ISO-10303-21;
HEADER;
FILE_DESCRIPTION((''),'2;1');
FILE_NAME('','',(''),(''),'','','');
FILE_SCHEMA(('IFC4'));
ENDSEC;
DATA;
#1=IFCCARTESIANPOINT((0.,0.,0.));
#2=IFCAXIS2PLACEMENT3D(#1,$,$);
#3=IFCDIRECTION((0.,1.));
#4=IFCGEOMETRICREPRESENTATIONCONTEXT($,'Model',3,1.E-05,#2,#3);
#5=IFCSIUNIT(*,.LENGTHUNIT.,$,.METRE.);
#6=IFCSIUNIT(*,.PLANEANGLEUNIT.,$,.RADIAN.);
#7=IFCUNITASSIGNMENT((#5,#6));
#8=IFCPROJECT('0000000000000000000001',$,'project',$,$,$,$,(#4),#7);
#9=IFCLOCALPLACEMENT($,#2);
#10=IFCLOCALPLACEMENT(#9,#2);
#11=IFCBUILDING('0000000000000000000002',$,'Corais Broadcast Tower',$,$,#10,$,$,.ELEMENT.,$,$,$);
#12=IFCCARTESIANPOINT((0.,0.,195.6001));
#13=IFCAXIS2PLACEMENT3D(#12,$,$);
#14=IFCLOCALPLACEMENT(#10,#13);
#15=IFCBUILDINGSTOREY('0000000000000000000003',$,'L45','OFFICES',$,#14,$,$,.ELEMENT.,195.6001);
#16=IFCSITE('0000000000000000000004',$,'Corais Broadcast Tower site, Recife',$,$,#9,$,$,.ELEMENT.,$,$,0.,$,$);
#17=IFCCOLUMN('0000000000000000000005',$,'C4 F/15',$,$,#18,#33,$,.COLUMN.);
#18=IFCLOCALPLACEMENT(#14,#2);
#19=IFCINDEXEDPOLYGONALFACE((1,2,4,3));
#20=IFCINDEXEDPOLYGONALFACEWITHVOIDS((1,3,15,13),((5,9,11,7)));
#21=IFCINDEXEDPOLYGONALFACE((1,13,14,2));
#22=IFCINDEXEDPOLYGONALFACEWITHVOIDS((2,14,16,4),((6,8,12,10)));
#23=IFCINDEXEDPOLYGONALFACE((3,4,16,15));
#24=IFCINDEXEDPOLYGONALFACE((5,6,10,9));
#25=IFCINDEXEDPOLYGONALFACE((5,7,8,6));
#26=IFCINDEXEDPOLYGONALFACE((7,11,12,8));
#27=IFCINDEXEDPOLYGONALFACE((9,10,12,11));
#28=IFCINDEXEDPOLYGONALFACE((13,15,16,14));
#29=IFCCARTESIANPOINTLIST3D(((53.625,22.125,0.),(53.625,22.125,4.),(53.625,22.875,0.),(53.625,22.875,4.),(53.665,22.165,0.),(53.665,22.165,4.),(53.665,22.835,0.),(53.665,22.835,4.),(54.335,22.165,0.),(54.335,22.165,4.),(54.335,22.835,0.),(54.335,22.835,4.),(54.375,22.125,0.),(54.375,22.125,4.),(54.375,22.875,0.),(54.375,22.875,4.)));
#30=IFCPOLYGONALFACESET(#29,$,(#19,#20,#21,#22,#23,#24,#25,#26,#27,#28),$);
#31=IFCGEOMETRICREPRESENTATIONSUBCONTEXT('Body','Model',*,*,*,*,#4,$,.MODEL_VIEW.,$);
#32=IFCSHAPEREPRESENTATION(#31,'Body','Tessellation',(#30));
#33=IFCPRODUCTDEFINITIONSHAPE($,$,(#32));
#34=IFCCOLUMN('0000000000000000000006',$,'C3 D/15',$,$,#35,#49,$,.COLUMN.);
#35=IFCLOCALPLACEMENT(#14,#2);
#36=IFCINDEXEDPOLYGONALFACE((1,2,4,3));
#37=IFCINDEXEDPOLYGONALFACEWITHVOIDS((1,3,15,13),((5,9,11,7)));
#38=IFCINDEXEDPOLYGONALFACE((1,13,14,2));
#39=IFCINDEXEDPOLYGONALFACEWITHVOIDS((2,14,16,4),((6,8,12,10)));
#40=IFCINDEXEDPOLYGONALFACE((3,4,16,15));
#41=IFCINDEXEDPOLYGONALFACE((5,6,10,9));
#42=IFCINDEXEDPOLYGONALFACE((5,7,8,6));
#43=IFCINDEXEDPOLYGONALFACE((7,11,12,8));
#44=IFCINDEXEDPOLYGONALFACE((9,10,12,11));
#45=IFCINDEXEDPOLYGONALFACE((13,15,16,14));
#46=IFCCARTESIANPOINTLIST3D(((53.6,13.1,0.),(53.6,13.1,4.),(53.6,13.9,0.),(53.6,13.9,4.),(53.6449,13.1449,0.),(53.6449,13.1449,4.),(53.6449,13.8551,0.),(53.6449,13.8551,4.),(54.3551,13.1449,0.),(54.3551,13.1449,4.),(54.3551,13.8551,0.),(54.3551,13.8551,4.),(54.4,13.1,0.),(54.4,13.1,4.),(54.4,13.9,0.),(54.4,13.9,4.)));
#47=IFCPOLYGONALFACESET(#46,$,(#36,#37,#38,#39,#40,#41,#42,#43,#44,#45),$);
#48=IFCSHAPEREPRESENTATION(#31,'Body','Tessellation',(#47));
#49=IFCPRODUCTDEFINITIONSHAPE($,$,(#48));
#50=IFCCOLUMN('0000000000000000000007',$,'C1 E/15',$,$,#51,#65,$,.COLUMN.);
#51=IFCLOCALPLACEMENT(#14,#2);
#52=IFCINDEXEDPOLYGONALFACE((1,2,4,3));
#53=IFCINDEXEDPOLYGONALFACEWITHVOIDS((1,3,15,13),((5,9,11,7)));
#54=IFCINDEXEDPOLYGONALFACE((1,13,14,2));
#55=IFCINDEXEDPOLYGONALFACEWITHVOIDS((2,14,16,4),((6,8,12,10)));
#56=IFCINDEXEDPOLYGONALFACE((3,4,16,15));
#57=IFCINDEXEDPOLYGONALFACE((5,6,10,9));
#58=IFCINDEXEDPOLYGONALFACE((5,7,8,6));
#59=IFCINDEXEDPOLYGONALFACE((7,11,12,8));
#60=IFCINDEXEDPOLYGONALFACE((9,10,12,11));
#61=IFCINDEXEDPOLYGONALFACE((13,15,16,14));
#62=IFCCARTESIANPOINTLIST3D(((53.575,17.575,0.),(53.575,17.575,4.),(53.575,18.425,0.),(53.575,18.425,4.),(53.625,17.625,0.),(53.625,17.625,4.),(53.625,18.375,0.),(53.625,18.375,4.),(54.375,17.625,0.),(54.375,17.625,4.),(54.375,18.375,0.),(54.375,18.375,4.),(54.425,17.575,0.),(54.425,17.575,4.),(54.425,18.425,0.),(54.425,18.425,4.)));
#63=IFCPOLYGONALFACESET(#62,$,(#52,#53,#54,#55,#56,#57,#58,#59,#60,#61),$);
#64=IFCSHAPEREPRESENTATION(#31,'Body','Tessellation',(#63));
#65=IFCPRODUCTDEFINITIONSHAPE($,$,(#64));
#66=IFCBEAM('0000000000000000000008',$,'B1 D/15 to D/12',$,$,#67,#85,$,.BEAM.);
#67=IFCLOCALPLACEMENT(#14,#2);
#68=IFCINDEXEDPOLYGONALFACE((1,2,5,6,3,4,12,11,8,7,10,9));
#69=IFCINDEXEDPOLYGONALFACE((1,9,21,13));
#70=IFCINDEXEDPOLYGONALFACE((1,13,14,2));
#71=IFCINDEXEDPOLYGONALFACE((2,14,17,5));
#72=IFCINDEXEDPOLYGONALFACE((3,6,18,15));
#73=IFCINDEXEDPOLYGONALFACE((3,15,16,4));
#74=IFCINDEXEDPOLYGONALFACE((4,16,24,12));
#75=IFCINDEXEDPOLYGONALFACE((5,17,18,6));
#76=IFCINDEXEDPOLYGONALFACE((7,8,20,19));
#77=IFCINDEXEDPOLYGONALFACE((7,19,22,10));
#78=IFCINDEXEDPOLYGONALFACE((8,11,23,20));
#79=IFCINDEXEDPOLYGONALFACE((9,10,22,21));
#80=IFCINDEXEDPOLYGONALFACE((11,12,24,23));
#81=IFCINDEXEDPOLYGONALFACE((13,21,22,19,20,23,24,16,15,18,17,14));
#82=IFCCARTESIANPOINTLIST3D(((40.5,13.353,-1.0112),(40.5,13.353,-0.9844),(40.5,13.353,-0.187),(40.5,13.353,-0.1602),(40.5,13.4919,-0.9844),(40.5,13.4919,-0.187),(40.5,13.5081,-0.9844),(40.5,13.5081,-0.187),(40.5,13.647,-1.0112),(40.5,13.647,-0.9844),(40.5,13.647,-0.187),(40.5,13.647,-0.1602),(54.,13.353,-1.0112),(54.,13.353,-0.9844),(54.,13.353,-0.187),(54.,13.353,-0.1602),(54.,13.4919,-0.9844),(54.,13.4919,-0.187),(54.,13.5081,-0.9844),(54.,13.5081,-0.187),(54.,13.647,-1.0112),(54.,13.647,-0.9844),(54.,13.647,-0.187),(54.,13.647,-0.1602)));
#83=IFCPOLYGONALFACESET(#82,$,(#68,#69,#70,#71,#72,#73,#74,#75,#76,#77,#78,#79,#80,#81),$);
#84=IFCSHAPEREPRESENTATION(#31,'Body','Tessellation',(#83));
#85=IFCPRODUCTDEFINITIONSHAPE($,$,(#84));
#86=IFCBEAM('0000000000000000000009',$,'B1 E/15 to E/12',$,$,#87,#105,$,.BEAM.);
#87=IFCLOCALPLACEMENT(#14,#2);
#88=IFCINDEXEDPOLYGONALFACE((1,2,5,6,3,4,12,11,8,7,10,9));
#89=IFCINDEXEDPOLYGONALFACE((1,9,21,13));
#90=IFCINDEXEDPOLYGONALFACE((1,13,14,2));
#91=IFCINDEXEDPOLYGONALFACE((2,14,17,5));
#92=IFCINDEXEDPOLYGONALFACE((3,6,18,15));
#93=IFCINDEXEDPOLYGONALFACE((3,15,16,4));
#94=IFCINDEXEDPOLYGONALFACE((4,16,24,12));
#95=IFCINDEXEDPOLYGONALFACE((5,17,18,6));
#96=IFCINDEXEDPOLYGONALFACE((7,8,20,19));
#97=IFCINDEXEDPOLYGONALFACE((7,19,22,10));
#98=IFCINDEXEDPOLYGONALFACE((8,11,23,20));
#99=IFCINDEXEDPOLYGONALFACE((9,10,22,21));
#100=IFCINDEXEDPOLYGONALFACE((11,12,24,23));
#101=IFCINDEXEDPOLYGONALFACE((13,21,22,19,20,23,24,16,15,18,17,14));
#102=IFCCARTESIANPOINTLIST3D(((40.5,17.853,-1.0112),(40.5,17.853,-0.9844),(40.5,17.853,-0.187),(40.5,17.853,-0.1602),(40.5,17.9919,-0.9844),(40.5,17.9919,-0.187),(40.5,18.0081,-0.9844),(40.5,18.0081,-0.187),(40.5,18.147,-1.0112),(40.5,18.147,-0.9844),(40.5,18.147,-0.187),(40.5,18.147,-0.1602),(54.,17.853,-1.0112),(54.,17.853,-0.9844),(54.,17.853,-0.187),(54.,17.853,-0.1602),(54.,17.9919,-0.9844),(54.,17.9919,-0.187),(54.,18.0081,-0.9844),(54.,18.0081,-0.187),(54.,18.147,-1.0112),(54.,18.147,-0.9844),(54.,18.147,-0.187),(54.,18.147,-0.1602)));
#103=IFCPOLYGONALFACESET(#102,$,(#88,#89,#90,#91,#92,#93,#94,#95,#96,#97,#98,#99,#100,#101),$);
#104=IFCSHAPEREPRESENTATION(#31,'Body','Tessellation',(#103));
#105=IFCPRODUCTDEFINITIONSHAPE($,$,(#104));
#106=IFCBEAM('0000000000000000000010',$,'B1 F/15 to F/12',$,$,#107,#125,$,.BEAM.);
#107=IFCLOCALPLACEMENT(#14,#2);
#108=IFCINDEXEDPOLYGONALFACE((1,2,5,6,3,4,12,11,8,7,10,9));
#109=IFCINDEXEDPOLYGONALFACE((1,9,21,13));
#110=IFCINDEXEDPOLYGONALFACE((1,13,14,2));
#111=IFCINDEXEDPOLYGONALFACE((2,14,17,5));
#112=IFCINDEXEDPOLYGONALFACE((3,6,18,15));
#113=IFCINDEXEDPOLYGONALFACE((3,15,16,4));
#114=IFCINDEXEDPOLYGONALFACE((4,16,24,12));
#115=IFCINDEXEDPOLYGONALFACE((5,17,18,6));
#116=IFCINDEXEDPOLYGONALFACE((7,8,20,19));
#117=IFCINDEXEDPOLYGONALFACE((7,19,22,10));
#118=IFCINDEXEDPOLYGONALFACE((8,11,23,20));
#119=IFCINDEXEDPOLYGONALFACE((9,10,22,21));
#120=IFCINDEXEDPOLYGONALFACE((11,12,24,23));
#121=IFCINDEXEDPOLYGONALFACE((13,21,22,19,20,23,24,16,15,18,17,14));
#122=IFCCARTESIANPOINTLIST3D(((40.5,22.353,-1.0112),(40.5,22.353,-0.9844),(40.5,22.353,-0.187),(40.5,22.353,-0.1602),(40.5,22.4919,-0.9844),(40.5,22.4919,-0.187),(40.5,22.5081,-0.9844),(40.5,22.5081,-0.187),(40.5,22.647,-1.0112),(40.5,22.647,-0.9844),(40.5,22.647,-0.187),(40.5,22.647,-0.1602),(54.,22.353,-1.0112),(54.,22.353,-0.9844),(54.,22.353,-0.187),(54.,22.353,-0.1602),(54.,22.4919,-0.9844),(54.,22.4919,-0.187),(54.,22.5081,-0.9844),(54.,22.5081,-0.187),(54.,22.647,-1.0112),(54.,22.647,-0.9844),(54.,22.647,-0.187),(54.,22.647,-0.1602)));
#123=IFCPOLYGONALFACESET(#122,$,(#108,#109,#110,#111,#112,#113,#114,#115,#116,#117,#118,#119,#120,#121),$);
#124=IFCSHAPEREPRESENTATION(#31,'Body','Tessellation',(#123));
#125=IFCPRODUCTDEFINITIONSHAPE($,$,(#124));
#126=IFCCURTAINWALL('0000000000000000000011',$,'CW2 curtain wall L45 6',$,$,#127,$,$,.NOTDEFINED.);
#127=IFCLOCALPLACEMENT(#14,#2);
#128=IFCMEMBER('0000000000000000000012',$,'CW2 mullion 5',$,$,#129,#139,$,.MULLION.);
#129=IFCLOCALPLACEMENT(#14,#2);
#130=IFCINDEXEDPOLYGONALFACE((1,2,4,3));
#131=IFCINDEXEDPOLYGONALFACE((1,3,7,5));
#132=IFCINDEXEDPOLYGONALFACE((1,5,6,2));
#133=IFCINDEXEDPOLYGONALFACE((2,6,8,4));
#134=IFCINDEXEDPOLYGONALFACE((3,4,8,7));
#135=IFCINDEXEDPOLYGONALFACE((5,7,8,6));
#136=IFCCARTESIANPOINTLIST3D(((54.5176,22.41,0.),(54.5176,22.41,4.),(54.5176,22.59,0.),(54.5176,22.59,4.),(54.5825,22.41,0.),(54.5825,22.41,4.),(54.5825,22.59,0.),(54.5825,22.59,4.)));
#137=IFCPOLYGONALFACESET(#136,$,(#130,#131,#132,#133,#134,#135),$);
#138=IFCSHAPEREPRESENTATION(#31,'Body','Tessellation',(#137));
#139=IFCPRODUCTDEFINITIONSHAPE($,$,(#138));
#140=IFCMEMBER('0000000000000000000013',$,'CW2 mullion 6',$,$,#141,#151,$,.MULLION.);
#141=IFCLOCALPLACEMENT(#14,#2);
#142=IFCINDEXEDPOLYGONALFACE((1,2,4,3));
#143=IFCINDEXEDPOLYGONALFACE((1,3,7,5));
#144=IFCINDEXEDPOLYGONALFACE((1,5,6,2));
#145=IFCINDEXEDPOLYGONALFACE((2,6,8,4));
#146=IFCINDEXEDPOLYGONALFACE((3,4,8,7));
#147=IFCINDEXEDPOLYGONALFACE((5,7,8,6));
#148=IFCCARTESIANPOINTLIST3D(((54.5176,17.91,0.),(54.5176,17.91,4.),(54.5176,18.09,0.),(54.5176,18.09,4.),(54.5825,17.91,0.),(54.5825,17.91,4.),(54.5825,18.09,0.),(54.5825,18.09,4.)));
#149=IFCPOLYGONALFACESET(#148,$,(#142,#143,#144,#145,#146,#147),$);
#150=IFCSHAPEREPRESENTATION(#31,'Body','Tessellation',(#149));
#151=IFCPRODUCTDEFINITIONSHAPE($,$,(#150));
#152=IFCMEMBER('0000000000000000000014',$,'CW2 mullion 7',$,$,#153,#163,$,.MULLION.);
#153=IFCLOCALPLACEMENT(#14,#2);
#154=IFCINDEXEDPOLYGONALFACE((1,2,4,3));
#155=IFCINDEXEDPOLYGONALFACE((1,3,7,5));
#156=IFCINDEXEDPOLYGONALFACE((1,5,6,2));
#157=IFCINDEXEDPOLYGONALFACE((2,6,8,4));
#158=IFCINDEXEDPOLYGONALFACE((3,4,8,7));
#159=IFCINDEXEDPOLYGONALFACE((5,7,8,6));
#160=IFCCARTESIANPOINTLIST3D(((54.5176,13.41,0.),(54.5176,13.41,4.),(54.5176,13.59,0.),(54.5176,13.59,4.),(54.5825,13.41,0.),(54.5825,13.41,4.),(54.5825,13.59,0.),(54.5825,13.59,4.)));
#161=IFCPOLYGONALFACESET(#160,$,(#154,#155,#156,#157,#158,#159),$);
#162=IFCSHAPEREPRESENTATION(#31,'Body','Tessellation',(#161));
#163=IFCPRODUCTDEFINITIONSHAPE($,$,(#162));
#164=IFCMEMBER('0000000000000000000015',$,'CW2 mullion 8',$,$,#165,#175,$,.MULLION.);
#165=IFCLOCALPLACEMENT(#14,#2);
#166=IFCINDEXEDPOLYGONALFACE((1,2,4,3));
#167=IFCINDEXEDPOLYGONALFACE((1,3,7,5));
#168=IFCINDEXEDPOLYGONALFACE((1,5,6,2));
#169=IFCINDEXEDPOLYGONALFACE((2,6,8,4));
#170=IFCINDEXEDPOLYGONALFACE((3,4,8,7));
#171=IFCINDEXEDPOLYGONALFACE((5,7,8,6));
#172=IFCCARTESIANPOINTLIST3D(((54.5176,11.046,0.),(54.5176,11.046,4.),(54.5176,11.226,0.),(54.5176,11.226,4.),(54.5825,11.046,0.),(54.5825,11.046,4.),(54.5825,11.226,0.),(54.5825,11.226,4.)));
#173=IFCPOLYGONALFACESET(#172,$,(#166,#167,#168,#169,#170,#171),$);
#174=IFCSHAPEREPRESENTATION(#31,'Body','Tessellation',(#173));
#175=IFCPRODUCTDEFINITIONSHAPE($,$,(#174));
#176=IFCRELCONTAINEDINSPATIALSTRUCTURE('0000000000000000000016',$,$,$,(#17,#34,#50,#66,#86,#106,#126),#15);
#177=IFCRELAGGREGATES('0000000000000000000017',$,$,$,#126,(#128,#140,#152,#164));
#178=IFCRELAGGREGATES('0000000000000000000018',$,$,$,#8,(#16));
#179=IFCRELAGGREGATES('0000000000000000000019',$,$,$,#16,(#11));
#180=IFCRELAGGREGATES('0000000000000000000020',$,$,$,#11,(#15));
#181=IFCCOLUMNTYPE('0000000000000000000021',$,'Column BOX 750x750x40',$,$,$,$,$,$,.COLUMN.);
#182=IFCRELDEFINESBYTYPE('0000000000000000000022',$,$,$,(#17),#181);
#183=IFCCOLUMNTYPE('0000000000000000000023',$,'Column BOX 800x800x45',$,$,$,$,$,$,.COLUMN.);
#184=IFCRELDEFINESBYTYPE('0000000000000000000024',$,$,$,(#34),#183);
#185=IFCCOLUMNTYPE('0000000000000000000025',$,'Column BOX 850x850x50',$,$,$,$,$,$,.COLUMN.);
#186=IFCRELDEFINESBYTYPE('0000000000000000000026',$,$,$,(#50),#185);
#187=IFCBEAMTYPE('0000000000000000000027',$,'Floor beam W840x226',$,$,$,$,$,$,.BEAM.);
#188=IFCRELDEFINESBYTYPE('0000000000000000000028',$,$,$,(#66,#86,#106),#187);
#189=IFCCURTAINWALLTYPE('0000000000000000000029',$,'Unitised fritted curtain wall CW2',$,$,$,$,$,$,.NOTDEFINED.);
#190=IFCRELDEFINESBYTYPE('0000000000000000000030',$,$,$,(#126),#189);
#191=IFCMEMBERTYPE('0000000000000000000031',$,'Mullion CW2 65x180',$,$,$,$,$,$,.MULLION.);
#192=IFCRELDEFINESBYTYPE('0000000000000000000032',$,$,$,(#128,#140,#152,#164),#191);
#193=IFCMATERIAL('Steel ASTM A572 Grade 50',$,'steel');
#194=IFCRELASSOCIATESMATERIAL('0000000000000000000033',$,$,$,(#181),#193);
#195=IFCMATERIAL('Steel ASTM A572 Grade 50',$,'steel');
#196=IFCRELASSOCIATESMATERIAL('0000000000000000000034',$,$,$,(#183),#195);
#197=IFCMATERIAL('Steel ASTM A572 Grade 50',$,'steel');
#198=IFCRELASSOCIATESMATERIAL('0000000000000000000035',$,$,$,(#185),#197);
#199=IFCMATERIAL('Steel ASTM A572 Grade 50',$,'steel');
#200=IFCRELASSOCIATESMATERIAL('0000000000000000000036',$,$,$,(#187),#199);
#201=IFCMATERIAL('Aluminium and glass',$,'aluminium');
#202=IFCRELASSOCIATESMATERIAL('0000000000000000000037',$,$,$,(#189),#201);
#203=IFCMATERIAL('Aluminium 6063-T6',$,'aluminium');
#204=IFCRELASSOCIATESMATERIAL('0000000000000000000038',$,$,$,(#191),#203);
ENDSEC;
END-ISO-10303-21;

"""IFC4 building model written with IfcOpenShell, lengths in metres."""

from ifc_helpers import new_model, si_unit, direction, frame, origin, origin_2d, place, context, subcontext, project, spatial, rectangle, hollow_rectangle, i_section, extrude, material, material_profile, profile_set, type_object, element, aggregate, save


model = new_model("IFC4")

# Units and contexts
model_context = context("Model", 3, precision=1e-05, world=origin(), true_north=direction((0.0, 1.0)))
body_context = subcontext(model_context, "Body", "Model", "MODEL_VIEW")
ifc_project = project(units=[si_unit("LENGTHUNIT", "METRE"), si_unit("PLANEANGLEUNIT", "RADIAN")], contexts=[model_context])

# Site, building, storey
site_placement = place(None, origin())
site = spatial("IfcSite", under=ifc_project, at=site_placement, Name="Corais Broadcast Tower site, Recife", CompositionType="ELEMENT", RefElevation=0.0)
building_placement = place(site_placement, origin())
building = spatial("IfcBuilding", under=site, at=building_placement, Name="Corais Broadcast Tower", CompositionType="ELEMENT")
storey_placement = place(building_placement, frame((0.0, 0.0, 195.6001)))
storey = spatial("IfcBuildingStorey", under=building, at=storey_placement, Name="L45", Description="OFFICES", CompositionType="ELEMENT", Elevation=195.6001)

# Columns
ifc_material_1 = material(Name="Steel ASTM A572 Grade 50", Category="steel")
ifc_material_profile_1 = material_profile(ifc_material_1, hollow_rectangle(XDim=0.75, YDim=0.75, WallThickness=0.04, at=origin_2d()), Name="BOX 750x750x40")
ifc_profile_set_1 = profile_set([ifc_material_profile_1], Name="Steel ASTM A572 Grade 50")
column_type_1 = type_object("IfcColumnType", Name="Column BOX 750x750x40", PredefinedType="COLUMN", material=ifc_profile_set_1)
column_1_placement = place(storey_placement, frame((54.0, 22.5, 0.0), z_axis=(0.0, 0.0, 1.0), x_axis=(1.0, 0.0, 0.0)))
element("IfcColumn", 1, at=column_1_placement, inside=storey, type_object=column_type_1, Name="C4 F/15", PredefinedType="COLUMN", context=body_context, shape_type="SweptSolid", body=[
    extrude(hollow_rectangle(XDim=0.75, YDim=0.75, WallThickness=0.04, at=origin_2d()), origin(), (0.0, 0.0, 1.0), 4.0),
])
ifc_material_2 = material(Name="Steel ASTM A572 Grade 50", Category="steel")
ifc_material_profile_2 = material_profile(ifc_material_2, hollow_rectangle(XDim=0.8, YDim=0.8, WallThickness=0.0449, at=origin_2d()), Name="BOX 800x800x45")
ifc_profile_set_2 = profile_set([ifc_material_profile_2], Name="Steel ASTM A572 Grade 50")
column_type_2 = type_object("IfcColumnType", Name="Column BOX 800x800x45", PredefinedType="COLUMN", material=ifc_profile_set_2)
column_2_placement = place(storey_placement, frame((54.0, 13.5, 0.0), z_axis=(0.0, 0.0, 1.0), x_axis=(1.0, 0.0, 0.0)))
element("IfcColumn", 2, at=column_2_placement, inside=storey, type_object=column_type_2, Name="C3 D/15", PredefinedType="COLUMN", context=body_context, shape_type="SweptSolid", body=[
    extrude(hollow_rectangle(XDim=0.8, YDim=0.8, WallThickness=0.0449, at=origin_2d()), origin(), (0.0, 0.0, 1.0), 4.0),
])
ifc_material_3 = material(Name="Steel ASTM A572 Grade 50", Category="steel")
ifc_material_profile_3 = material_profile(ifc_material_3, hollow_rectangle(XDim=0.8501, YDim=0.8501, WallThickness=0.05, at=origin_2d()), Name="BOX 850x850x50")
ifc_profile_set_3 = profile_set([ifc_material_profile_3], Name="Steel ASTM A572 Grade 50")
column_type_3 = type_object("IfcColumnType", Name="Column BOX 850x850x50", PredefinedType="COLUMN", material=ifc_profile_set_3)
column_3_placement = place(storey_placement, frame((54.0, 18.0, 0.0), z_axis=(0.0, 0.0, 1.0), x_axis=(1.0, 0.0, 0.0)))
element("IfcColumn", 3, at=column_3_placement, inside=storey, type_object=column_type_3, Name="C1 E/15", PredefinedType="COLUMN", context=body_context, shape_type="SweptSolid", body=[
    extrude(hollow_rectangle(XDim=0.8501, YDim=0.8501, WallThickness=0.05, at=origin_2d()), origin(), (0.0, 0.0, 1.0), 4.0),
])

# Beams
ifc_material_4 = material(Name="Steel ASTM A572 Grade 50", Category="steel")
ifc_material_profile_4 = material_profile(ifc_material_4, i_section(OverallWidth=0.2939, OverallDepth=0.8511, WebThickness=0.0161, FlangeThickness=0.0269, at=origin_2d()), Name="W840x226")
ifc_profile_set_4 = profile_set([ifc_material_profile_4], Name="Steel ASTM A572 Grade 50")
beam_type_1 = type_object("IfcBeamType", Name="Floor beam W840x226", PredefinedType="BEAM", material=ifc_profile_set_4)
for number, where, z_axis, x_axis, name in (
    (4, (54.0, 13.5, -0.5857), (-1.0, 0.0, 0.0), (0.0, -1.0, 0.0), "B1 D/15 to D/12"),
    (5, (54.0, 18.0, -0.5857), (-1.0, 0.0, 0.0), (0.0, -1.0, 0.0), "B1 E/15 to E/12"),
    (6, (54.0, 22.5, -0.5857), (-1.0, 0.0, 0.0), (0.0, -1.0, 0.0), "B1 F/15 to F/12"),
):
    element("IfcBeam", number, at=place(storey_placement, frame(where, z_axis=z_axis, x_axis=x_axis)), inside=storey, type_object=beam_type_1, Name=name, PredefinedType="BEAM", context=body_context, shape_type="SweptSolid", body=[
        extrude(i_section(OverallWidth=0.2939, OverallDepth=0.8511, WebThickness=0.0161, FlangeThickness=0.0269, at=origin_2d()), origin(), (0.0, 0.0, 1.0), 13.5),
    ])

# Curtain wall, members
ifc_material_5 = material(Name="Aluminium and glass", Category="aluminium")
curtain_wall_type = type_object("IfcCurtainWallType", Name="Unitised fritted curtain wall CW2", PredefinedType="NOTDEFINED", material=ifc_material_5)
curtain_wall_placement = place(storey_placement, origin())
curtain_wall = element("IfcCurtainWall", 7, at=curtain_wall_placement, inside=storey, type_object=curtain_wall_type, Name="CW2 curtain wall L45 6", PredefinedType="NOTDEFINED")
ifc_material_6 = material(Name="Aluminium 6063-T6", Category="aluminium")
ifc_material_profile_5 = material_profile(ifc_material_6, rectangle(XDim=0.0649, YDim=0.1799, at=origin_2d()), Name="Mullion CW2 65x180")
ifc_profile_set_5 = profile_set([ifc_material_profile_5], Name="Aluminium 6063-T6")
member_type_1 = type_object("IfcMemberType", Name="Mullion CW2 65x180", PredefinedType="MULLION", material=ifc_profile_set_5)
member_1_placement = place(storey_placement, frame((54.55, 22.5, 0.0), z_axis=(0.0, 0.0, 1.0), x_axis=(1.0, 0.0, 0.0)))
member_1 = element("IfcMember", 8, at=member_1_placement, type_object=member_type_1, Name="CW2 mullion 5", PredefinedType="MULLION", context=body_context, shape_type="SweptSolid", body=[
    extrude(rectangle(XDim=0.0649, YDim=0.1799, at=origin_2d()), origin(), (0.0, 0.0, 1.0), 4.0),
])
member_2_placement = place(storey_placement, frame((54.55, 18.0, 0.0), z_axis=(0.0, 0.0, 1.0), x_axis=(1.0, 0.0, 0.0)))
member_2 = element("IfcMember", 9, at=member_2_placement, type_object=member_type_1, Name="CW2 mullion 6", PredefinedType="MULLION", context=body_context, shape_type="SweptSolid", body=[
    extrude(rectangle(XDim=0.0649, YDim=0.1799, at=origin_2d()), origin(), (0.0, 0.0, 1.0), 4.0),
])
member_3_placement = place(storey_placement, frame((54.55, 13.5, 0.0), z_axis=(0.0, 0.0, 1.0), x_axis=(1.0, 0.0, 0.0)))
member_3 = element("IfcMember", 10, at=member_3_placement, type_object=member_type_1, Name="CW2 mullion 7", PredefinedType="MULLION", context=body_context, shape_type="SweptSolid", body=[
    extrude(rectangle(XDim=0.0649, YDim=0.1799, at=origin_2d()), origin(), (0.0, 0.0, 1.0), 4.0),
])
member_4_placement = place(storey_placement, frame((54.55, 11.136, 0.0), z_axis=(0.0, 0.0, 1.0), x_axis=(1.0, 0.0, 0.0)))
member_4 = element("IfcMember", 11, at=member_4_placement, type_object=member_type_1, Name="CW2 mullion 8", PredefinedType="MULLION", context=body_context, shape_type="SweptSolid", body=[
    extrude(rectangle(XDim=0.0649, YDim=0.1799, at=origin_2d()), origin(), (0.0, 0.0, 1.0), 4.0),
])

aggregate(curtain_wall, [member_1, member_2, member_3, member_4])

save(model, "model.ifc")
